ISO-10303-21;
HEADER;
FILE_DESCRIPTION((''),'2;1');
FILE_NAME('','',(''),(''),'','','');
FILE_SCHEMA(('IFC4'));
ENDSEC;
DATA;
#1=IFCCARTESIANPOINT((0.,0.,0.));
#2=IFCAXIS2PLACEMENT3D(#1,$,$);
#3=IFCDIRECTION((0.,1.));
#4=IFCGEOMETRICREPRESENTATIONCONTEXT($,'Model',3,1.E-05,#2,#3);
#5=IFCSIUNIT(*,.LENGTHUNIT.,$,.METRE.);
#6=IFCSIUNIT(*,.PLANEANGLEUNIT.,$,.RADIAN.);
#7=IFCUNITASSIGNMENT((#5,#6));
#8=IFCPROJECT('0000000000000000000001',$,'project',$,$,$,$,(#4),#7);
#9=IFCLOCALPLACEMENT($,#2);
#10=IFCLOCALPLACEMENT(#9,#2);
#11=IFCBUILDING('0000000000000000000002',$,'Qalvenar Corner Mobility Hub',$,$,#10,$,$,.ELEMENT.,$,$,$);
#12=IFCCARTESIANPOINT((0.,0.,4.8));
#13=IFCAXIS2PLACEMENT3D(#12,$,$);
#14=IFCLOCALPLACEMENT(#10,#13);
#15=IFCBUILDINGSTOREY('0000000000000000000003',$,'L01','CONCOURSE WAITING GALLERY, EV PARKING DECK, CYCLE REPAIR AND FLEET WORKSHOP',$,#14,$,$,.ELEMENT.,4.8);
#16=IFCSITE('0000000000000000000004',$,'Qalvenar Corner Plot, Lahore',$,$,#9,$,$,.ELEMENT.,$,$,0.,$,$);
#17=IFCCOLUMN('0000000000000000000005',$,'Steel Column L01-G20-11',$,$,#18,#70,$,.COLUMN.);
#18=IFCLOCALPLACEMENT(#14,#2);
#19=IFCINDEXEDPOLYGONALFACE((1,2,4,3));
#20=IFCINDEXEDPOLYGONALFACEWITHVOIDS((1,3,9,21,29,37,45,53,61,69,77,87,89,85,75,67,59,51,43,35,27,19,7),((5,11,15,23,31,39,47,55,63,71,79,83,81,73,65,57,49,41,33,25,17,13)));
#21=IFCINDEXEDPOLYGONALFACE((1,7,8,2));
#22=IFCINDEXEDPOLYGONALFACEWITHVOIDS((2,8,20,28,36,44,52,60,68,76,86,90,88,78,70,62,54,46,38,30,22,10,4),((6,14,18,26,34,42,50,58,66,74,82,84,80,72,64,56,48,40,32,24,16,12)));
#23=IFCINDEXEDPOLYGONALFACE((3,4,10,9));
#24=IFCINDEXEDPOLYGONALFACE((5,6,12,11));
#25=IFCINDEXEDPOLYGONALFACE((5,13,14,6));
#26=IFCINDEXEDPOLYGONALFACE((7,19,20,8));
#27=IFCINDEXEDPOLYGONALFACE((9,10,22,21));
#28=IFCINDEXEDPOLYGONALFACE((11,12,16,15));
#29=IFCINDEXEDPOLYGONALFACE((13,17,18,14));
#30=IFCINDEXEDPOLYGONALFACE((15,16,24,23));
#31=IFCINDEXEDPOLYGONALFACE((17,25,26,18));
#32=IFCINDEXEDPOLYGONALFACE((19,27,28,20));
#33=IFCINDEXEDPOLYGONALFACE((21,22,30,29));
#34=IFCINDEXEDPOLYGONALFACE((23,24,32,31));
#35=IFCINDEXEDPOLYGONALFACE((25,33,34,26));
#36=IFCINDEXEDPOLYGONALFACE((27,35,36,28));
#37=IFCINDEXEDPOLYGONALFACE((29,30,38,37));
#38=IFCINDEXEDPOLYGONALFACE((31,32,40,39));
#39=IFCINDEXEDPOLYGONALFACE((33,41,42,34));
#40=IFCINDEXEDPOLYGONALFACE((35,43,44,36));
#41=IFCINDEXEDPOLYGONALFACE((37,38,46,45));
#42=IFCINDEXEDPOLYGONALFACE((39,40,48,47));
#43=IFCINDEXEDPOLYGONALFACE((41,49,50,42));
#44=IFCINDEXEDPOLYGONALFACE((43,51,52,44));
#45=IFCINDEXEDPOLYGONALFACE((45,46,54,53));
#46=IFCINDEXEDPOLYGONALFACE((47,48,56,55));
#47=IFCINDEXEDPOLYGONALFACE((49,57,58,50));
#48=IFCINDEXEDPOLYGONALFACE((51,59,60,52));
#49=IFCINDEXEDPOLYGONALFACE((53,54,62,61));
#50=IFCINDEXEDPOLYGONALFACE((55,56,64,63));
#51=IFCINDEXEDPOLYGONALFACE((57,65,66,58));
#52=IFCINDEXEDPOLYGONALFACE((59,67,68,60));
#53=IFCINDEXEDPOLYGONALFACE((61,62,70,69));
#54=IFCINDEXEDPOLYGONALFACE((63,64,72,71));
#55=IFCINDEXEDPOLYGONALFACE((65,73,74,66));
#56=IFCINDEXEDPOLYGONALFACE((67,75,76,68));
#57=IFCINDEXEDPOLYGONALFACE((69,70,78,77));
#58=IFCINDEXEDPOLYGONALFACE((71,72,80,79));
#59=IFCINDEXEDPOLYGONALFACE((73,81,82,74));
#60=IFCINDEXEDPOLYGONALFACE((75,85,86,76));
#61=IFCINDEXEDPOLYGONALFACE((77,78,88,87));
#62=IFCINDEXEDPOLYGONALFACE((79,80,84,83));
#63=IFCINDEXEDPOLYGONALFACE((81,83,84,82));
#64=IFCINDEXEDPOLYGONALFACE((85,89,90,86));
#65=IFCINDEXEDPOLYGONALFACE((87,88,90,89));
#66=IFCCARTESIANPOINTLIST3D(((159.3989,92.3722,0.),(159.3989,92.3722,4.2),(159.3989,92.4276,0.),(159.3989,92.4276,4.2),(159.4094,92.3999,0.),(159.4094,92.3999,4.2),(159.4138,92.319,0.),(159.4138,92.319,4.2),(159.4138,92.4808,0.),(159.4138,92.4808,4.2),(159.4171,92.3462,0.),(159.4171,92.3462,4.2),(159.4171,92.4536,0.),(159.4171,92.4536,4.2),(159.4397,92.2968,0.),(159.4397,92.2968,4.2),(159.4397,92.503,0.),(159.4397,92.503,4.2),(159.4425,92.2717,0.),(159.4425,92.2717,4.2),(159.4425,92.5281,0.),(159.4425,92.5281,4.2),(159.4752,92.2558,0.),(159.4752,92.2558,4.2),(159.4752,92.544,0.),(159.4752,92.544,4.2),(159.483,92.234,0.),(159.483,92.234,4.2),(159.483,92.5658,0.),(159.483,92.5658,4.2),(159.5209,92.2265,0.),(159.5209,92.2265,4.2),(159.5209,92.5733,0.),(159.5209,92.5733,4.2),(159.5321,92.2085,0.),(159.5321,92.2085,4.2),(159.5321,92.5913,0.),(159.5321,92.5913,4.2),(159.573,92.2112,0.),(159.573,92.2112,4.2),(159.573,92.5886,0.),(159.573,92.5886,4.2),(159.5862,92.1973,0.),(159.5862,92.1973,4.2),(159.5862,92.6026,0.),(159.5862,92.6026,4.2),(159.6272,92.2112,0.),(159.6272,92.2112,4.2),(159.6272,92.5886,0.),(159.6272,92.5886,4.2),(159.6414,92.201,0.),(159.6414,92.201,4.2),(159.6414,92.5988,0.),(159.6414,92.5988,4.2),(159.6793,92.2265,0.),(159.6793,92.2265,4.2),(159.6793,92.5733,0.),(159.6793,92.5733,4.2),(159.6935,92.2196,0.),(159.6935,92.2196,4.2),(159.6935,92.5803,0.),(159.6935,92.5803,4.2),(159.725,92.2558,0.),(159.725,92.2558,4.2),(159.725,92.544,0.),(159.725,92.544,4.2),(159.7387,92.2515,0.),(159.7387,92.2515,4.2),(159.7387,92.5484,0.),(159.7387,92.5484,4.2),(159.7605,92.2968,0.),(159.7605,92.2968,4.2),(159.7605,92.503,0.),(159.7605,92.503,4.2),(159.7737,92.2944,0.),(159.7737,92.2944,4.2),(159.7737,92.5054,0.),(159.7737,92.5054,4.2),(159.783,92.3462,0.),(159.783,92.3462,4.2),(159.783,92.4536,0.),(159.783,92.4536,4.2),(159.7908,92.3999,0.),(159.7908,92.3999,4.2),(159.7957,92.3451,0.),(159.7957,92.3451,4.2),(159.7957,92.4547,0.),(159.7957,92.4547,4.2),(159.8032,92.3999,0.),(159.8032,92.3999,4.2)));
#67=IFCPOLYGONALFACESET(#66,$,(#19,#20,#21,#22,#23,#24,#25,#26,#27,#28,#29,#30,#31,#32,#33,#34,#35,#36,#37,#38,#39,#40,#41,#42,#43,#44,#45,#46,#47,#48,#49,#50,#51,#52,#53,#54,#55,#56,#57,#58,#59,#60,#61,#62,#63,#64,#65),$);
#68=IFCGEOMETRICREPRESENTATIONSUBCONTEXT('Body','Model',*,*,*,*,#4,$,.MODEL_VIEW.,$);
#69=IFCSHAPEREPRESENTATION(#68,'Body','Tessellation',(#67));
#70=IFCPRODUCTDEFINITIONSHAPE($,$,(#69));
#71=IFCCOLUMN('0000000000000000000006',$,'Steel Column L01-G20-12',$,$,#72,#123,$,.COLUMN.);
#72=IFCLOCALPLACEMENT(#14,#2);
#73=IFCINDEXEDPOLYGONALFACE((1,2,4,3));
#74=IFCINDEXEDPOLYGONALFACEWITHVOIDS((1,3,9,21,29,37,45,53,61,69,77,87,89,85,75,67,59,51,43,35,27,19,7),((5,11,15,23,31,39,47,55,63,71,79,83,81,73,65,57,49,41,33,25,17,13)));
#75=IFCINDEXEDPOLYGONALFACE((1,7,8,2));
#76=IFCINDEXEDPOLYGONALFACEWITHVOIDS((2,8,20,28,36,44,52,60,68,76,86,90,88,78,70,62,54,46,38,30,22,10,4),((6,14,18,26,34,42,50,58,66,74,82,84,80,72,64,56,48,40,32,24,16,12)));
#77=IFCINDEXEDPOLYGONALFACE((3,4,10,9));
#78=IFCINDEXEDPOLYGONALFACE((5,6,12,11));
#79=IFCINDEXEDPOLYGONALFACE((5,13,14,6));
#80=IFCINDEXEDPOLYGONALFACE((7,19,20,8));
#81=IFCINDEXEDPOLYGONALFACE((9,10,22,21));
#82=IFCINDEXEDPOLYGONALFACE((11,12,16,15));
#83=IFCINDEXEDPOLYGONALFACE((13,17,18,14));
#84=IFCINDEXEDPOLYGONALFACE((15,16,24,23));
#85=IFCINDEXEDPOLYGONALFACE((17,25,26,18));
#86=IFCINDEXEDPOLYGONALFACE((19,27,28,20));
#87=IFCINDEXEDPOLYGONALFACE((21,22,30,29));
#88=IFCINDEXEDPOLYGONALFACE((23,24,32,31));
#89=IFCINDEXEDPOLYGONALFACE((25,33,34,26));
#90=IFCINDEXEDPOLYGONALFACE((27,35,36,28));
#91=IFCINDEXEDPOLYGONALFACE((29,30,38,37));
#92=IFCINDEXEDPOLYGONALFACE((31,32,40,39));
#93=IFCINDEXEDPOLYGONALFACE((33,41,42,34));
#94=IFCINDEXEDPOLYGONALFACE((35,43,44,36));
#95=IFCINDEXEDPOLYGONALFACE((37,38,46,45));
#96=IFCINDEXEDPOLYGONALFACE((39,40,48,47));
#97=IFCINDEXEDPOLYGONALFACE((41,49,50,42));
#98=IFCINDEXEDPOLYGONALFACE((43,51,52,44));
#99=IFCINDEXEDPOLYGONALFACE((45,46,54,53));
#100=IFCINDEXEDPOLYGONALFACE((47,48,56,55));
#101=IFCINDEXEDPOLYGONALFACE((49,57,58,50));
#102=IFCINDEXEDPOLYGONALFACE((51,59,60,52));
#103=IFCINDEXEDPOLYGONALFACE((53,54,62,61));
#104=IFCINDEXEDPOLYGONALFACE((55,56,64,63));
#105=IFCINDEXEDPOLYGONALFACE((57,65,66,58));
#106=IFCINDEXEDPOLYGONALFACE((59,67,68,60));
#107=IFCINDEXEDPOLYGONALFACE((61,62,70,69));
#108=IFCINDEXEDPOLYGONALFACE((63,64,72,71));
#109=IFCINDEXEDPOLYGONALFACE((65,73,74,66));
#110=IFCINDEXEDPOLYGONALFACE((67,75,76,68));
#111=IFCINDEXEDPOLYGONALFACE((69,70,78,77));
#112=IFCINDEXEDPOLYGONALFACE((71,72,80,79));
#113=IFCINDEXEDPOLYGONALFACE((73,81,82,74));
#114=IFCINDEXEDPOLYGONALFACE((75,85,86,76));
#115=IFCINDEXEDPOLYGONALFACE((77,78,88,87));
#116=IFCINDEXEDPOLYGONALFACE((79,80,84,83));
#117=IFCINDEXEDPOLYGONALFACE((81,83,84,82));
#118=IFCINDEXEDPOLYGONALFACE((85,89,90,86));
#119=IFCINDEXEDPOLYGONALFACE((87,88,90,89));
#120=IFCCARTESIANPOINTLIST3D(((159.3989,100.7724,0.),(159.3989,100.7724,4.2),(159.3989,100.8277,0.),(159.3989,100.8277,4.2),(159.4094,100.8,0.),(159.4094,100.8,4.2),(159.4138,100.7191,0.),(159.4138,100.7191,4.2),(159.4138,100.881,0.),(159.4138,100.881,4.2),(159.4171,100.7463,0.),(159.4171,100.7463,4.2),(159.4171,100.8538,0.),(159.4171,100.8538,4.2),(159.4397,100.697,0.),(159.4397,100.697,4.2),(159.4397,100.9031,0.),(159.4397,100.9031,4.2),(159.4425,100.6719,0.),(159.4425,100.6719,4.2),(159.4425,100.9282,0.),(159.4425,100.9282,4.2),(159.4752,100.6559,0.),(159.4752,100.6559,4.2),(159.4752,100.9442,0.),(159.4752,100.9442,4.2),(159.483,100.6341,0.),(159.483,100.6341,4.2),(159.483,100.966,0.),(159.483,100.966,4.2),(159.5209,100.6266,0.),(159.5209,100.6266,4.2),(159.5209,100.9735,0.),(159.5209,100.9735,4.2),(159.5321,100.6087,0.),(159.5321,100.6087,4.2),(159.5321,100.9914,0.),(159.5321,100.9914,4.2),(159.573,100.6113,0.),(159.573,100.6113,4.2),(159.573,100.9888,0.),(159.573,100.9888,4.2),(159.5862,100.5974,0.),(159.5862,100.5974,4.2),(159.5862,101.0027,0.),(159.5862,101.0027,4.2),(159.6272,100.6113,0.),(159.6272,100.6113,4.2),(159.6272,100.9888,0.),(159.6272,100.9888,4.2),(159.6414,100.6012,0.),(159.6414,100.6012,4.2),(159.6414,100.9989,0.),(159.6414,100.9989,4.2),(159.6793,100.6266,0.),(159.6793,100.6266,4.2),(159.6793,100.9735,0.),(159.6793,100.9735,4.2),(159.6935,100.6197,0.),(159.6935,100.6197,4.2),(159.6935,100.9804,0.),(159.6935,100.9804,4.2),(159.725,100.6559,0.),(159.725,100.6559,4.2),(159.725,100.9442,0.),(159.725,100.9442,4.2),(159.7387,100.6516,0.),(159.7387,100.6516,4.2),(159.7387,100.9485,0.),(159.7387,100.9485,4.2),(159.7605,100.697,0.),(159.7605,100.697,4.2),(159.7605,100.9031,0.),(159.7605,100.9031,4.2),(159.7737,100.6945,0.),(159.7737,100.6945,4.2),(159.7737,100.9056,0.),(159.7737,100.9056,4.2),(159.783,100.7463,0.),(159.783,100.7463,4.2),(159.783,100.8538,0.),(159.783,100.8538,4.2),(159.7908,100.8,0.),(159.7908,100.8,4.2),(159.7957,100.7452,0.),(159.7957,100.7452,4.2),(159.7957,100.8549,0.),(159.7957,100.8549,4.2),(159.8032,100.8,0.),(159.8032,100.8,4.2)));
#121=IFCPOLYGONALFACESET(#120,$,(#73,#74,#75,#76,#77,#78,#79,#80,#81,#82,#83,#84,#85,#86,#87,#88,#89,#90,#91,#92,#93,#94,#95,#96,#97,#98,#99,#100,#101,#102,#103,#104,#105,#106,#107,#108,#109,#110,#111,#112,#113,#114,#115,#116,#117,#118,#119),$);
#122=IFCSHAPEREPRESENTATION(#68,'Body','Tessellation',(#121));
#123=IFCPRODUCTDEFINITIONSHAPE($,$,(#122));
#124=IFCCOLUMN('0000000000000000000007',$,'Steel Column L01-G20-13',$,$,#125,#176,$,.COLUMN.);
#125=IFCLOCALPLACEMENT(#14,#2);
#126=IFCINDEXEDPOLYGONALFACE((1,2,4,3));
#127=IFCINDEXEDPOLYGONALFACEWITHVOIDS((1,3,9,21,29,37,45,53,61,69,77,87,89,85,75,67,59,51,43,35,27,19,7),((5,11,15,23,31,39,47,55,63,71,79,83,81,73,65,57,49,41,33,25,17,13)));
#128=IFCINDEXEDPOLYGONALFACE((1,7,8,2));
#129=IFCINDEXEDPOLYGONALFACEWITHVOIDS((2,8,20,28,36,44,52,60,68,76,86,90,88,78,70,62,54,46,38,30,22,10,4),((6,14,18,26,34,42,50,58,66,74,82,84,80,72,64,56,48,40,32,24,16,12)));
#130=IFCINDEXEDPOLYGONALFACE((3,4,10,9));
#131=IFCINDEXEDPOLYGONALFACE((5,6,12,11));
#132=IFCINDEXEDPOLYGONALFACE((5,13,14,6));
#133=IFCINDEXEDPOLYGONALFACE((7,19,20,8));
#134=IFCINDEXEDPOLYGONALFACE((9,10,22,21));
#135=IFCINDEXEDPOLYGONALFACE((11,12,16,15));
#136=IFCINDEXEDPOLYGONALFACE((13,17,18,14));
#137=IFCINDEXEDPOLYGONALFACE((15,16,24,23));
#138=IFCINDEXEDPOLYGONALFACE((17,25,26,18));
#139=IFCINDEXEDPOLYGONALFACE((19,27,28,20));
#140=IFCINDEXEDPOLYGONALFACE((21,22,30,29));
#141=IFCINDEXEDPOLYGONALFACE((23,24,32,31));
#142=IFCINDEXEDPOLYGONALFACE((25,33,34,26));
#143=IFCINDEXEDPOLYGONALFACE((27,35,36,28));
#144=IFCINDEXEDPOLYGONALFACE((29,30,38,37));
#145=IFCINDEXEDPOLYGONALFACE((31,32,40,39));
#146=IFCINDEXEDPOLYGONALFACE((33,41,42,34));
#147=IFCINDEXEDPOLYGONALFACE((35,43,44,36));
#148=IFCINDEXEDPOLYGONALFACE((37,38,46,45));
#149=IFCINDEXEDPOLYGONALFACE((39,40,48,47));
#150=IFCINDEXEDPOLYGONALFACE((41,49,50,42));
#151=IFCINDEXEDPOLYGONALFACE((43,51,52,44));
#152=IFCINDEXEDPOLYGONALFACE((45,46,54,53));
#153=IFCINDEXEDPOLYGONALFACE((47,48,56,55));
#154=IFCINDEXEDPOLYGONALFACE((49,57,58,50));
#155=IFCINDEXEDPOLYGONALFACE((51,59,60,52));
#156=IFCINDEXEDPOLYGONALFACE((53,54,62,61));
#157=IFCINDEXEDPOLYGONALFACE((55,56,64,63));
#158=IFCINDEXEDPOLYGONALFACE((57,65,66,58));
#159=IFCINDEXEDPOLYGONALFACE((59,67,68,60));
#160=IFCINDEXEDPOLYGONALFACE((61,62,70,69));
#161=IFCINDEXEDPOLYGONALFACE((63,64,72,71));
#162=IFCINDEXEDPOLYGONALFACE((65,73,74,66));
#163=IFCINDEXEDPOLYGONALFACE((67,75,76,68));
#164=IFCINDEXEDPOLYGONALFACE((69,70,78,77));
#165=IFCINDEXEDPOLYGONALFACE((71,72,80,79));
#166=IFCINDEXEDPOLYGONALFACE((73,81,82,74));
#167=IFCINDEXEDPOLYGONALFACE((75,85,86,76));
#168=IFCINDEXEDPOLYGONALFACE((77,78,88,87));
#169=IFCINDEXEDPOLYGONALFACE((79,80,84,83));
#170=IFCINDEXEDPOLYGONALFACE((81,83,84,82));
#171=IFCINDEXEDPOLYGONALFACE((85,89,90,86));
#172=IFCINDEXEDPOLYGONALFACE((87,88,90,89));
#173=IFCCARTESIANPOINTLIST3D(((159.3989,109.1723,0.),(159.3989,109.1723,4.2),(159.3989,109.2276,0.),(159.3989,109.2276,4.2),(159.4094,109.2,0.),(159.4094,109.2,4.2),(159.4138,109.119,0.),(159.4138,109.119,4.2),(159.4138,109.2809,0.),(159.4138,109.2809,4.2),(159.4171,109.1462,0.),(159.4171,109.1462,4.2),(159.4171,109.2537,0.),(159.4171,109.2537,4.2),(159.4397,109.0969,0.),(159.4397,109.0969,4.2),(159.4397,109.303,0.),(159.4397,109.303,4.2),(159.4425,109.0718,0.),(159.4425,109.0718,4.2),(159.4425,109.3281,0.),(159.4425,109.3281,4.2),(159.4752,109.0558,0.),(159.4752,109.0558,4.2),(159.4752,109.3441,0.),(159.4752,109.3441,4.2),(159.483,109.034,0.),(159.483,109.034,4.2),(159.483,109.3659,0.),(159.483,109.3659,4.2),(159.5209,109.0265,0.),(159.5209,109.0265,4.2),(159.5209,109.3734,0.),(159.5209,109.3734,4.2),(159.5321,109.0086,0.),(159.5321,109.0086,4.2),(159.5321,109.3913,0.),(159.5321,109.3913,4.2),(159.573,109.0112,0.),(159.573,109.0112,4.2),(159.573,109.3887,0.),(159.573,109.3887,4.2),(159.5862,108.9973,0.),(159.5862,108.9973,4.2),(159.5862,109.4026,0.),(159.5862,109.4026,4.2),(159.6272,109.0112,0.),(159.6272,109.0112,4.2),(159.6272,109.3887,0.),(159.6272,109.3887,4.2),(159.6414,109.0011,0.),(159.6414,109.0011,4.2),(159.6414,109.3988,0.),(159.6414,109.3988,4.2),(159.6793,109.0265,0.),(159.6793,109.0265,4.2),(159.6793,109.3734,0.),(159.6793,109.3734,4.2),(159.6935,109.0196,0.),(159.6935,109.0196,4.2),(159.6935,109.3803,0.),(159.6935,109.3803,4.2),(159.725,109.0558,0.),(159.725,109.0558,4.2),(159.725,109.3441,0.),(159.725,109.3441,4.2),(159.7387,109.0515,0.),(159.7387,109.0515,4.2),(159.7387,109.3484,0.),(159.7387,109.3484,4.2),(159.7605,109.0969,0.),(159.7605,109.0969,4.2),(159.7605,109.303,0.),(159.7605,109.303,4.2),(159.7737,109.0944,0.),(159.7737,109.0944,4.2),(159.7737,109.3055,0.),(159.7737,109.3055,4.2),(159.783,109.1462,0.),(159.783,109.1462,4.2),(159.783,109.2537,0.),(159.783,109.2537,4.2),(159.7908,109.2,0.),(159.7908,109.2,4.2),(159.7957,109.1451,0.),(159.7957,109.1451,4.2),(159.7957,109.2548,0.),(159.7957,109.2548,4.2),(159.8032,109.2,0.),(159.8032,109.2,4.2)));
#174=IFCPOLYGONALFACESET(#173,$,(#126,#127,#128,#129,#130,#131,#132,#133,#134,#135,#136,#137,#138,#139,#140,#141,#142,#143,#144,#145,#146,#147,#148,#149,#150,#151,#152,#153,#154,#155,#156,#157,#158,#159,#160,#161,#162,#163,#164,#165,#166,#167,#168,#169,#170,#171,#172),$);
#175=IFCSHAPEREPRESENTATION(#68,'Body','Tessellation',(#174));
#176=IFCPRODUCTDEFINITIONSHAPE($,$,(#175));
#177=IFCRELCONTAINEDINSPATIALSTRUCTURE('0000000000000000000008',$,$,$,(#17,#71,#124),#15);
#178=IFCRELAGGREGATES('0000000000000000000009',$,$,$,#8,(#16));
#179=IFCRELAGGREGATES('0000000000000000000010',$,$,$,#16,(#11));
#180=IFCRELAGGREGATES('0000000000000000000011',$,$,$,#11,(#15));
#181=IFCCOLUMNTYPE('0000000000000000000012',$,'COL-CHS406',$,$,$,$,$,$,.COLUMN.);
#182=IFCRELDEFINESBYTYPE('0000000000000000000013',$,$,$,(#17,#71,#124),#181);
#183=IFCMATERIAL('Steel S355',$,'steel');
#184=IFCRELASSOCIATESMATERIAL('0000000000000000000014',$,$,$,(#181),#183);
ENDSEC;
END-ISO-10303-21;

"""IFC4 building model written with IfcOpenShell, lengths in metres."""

from ifc_helpers import new_model, si_unit, direction, frame, origin, origin_2d, place, context, subcontext, project, spatial, hollow_circle, extrude, material, material_profile, profile_set, type_object, element, save


model = new_model("IFC4")

# Units and contexts
model_context = context("Model", 3, precision=1e-05, world=origin(), true_north=direction((0.0, 1.0)))
body_context = subcontext(model_context, "Body", "Model", "MODEL_VIEW")
ifc_project = project(units=[si_unit("LENGTHUNIT", "METRE"), si_unit("PLANEANGLEUNIT", "RADIAN")], contexts=[model_context])

# Site, building, storey
site_placement = place(None, origin())
site = spatial("IfcSite", under=ifc_project, at=site_placement, Name="Qalvenar Corner Plot, Lahore", CompositionType="ELEMENT", RefElevation=0.0)
building_placement = place(site_placement, origin())
building = spatial("IfcBuilding", under=site, at=building_placement, Name="Qalvenar Corner Mobility Hub", CompositionType="ELEMENT")
storey_placement = place(building_placement, frame((0.0, 0.0, 4.8)))
storey = spatial("IfcBuildingStorey", under=building, at=storey_placement, Name="L01", Description="CONCOURSE WAITING GALLERY, EV PARKING DECK, CYCLE REPAIR AND FLEET WORKSHOP", CompositionType="ELEMENT", Elevation=4.8)

# Columns
ifc_material_1 = material(Name="Steel S355", Category="steel")
ifc_material_profile_1 = material_profile(ifc_material_1, hollow_circle(Radius=0.2031, WallThickness=0.0125, at=origin_2d()), Name="CHS406.4x12.5")
ifc_profile_set_1 = profile_set([ifc_material_profile_1], Name="Steel S355")
column_type = type_object("IfcColumnType", Name="COL-CHS406", PredefinedType="COLUMN", material=ifc_profile_set_1)
for number, where, z_axis, x_axis, name in (
    (1, (159.6001, 92.3999, 0.0), (0.0, 0.0, 1.0), (1.0, 0.0, 0.0), "Steel Column L01-G20-11"),
    (2, (159.6001, 100.8, 0.0), (0.0, 0.0, 1.0), (1.0, 0.0, 0.0), "Steel Column L01-G20-12"),
    (3, (159.6001, 109.2, 0.0), (0.0, 0.0, 1.0), (1.0, 0.0, 0.0), "Steel Column L01-G20-13"),
):
    element("IfcColumn", number, at=place(storey_placement, frame(where, z_axis=z_axis, x_axis=x_axis)), inside=storey, type_object=column_type, Name=name, PredefinedType="COLUMN", context=body_context, shape_type="SweptSolid", body=[
        extrude(hollow_circle(Radius=0.2031, WallThickness=0.0125, at=origin_2d()), origin(), (0.0, 0.0, 1.0), 4.2),
    ])

save(model, "model.ifc")
